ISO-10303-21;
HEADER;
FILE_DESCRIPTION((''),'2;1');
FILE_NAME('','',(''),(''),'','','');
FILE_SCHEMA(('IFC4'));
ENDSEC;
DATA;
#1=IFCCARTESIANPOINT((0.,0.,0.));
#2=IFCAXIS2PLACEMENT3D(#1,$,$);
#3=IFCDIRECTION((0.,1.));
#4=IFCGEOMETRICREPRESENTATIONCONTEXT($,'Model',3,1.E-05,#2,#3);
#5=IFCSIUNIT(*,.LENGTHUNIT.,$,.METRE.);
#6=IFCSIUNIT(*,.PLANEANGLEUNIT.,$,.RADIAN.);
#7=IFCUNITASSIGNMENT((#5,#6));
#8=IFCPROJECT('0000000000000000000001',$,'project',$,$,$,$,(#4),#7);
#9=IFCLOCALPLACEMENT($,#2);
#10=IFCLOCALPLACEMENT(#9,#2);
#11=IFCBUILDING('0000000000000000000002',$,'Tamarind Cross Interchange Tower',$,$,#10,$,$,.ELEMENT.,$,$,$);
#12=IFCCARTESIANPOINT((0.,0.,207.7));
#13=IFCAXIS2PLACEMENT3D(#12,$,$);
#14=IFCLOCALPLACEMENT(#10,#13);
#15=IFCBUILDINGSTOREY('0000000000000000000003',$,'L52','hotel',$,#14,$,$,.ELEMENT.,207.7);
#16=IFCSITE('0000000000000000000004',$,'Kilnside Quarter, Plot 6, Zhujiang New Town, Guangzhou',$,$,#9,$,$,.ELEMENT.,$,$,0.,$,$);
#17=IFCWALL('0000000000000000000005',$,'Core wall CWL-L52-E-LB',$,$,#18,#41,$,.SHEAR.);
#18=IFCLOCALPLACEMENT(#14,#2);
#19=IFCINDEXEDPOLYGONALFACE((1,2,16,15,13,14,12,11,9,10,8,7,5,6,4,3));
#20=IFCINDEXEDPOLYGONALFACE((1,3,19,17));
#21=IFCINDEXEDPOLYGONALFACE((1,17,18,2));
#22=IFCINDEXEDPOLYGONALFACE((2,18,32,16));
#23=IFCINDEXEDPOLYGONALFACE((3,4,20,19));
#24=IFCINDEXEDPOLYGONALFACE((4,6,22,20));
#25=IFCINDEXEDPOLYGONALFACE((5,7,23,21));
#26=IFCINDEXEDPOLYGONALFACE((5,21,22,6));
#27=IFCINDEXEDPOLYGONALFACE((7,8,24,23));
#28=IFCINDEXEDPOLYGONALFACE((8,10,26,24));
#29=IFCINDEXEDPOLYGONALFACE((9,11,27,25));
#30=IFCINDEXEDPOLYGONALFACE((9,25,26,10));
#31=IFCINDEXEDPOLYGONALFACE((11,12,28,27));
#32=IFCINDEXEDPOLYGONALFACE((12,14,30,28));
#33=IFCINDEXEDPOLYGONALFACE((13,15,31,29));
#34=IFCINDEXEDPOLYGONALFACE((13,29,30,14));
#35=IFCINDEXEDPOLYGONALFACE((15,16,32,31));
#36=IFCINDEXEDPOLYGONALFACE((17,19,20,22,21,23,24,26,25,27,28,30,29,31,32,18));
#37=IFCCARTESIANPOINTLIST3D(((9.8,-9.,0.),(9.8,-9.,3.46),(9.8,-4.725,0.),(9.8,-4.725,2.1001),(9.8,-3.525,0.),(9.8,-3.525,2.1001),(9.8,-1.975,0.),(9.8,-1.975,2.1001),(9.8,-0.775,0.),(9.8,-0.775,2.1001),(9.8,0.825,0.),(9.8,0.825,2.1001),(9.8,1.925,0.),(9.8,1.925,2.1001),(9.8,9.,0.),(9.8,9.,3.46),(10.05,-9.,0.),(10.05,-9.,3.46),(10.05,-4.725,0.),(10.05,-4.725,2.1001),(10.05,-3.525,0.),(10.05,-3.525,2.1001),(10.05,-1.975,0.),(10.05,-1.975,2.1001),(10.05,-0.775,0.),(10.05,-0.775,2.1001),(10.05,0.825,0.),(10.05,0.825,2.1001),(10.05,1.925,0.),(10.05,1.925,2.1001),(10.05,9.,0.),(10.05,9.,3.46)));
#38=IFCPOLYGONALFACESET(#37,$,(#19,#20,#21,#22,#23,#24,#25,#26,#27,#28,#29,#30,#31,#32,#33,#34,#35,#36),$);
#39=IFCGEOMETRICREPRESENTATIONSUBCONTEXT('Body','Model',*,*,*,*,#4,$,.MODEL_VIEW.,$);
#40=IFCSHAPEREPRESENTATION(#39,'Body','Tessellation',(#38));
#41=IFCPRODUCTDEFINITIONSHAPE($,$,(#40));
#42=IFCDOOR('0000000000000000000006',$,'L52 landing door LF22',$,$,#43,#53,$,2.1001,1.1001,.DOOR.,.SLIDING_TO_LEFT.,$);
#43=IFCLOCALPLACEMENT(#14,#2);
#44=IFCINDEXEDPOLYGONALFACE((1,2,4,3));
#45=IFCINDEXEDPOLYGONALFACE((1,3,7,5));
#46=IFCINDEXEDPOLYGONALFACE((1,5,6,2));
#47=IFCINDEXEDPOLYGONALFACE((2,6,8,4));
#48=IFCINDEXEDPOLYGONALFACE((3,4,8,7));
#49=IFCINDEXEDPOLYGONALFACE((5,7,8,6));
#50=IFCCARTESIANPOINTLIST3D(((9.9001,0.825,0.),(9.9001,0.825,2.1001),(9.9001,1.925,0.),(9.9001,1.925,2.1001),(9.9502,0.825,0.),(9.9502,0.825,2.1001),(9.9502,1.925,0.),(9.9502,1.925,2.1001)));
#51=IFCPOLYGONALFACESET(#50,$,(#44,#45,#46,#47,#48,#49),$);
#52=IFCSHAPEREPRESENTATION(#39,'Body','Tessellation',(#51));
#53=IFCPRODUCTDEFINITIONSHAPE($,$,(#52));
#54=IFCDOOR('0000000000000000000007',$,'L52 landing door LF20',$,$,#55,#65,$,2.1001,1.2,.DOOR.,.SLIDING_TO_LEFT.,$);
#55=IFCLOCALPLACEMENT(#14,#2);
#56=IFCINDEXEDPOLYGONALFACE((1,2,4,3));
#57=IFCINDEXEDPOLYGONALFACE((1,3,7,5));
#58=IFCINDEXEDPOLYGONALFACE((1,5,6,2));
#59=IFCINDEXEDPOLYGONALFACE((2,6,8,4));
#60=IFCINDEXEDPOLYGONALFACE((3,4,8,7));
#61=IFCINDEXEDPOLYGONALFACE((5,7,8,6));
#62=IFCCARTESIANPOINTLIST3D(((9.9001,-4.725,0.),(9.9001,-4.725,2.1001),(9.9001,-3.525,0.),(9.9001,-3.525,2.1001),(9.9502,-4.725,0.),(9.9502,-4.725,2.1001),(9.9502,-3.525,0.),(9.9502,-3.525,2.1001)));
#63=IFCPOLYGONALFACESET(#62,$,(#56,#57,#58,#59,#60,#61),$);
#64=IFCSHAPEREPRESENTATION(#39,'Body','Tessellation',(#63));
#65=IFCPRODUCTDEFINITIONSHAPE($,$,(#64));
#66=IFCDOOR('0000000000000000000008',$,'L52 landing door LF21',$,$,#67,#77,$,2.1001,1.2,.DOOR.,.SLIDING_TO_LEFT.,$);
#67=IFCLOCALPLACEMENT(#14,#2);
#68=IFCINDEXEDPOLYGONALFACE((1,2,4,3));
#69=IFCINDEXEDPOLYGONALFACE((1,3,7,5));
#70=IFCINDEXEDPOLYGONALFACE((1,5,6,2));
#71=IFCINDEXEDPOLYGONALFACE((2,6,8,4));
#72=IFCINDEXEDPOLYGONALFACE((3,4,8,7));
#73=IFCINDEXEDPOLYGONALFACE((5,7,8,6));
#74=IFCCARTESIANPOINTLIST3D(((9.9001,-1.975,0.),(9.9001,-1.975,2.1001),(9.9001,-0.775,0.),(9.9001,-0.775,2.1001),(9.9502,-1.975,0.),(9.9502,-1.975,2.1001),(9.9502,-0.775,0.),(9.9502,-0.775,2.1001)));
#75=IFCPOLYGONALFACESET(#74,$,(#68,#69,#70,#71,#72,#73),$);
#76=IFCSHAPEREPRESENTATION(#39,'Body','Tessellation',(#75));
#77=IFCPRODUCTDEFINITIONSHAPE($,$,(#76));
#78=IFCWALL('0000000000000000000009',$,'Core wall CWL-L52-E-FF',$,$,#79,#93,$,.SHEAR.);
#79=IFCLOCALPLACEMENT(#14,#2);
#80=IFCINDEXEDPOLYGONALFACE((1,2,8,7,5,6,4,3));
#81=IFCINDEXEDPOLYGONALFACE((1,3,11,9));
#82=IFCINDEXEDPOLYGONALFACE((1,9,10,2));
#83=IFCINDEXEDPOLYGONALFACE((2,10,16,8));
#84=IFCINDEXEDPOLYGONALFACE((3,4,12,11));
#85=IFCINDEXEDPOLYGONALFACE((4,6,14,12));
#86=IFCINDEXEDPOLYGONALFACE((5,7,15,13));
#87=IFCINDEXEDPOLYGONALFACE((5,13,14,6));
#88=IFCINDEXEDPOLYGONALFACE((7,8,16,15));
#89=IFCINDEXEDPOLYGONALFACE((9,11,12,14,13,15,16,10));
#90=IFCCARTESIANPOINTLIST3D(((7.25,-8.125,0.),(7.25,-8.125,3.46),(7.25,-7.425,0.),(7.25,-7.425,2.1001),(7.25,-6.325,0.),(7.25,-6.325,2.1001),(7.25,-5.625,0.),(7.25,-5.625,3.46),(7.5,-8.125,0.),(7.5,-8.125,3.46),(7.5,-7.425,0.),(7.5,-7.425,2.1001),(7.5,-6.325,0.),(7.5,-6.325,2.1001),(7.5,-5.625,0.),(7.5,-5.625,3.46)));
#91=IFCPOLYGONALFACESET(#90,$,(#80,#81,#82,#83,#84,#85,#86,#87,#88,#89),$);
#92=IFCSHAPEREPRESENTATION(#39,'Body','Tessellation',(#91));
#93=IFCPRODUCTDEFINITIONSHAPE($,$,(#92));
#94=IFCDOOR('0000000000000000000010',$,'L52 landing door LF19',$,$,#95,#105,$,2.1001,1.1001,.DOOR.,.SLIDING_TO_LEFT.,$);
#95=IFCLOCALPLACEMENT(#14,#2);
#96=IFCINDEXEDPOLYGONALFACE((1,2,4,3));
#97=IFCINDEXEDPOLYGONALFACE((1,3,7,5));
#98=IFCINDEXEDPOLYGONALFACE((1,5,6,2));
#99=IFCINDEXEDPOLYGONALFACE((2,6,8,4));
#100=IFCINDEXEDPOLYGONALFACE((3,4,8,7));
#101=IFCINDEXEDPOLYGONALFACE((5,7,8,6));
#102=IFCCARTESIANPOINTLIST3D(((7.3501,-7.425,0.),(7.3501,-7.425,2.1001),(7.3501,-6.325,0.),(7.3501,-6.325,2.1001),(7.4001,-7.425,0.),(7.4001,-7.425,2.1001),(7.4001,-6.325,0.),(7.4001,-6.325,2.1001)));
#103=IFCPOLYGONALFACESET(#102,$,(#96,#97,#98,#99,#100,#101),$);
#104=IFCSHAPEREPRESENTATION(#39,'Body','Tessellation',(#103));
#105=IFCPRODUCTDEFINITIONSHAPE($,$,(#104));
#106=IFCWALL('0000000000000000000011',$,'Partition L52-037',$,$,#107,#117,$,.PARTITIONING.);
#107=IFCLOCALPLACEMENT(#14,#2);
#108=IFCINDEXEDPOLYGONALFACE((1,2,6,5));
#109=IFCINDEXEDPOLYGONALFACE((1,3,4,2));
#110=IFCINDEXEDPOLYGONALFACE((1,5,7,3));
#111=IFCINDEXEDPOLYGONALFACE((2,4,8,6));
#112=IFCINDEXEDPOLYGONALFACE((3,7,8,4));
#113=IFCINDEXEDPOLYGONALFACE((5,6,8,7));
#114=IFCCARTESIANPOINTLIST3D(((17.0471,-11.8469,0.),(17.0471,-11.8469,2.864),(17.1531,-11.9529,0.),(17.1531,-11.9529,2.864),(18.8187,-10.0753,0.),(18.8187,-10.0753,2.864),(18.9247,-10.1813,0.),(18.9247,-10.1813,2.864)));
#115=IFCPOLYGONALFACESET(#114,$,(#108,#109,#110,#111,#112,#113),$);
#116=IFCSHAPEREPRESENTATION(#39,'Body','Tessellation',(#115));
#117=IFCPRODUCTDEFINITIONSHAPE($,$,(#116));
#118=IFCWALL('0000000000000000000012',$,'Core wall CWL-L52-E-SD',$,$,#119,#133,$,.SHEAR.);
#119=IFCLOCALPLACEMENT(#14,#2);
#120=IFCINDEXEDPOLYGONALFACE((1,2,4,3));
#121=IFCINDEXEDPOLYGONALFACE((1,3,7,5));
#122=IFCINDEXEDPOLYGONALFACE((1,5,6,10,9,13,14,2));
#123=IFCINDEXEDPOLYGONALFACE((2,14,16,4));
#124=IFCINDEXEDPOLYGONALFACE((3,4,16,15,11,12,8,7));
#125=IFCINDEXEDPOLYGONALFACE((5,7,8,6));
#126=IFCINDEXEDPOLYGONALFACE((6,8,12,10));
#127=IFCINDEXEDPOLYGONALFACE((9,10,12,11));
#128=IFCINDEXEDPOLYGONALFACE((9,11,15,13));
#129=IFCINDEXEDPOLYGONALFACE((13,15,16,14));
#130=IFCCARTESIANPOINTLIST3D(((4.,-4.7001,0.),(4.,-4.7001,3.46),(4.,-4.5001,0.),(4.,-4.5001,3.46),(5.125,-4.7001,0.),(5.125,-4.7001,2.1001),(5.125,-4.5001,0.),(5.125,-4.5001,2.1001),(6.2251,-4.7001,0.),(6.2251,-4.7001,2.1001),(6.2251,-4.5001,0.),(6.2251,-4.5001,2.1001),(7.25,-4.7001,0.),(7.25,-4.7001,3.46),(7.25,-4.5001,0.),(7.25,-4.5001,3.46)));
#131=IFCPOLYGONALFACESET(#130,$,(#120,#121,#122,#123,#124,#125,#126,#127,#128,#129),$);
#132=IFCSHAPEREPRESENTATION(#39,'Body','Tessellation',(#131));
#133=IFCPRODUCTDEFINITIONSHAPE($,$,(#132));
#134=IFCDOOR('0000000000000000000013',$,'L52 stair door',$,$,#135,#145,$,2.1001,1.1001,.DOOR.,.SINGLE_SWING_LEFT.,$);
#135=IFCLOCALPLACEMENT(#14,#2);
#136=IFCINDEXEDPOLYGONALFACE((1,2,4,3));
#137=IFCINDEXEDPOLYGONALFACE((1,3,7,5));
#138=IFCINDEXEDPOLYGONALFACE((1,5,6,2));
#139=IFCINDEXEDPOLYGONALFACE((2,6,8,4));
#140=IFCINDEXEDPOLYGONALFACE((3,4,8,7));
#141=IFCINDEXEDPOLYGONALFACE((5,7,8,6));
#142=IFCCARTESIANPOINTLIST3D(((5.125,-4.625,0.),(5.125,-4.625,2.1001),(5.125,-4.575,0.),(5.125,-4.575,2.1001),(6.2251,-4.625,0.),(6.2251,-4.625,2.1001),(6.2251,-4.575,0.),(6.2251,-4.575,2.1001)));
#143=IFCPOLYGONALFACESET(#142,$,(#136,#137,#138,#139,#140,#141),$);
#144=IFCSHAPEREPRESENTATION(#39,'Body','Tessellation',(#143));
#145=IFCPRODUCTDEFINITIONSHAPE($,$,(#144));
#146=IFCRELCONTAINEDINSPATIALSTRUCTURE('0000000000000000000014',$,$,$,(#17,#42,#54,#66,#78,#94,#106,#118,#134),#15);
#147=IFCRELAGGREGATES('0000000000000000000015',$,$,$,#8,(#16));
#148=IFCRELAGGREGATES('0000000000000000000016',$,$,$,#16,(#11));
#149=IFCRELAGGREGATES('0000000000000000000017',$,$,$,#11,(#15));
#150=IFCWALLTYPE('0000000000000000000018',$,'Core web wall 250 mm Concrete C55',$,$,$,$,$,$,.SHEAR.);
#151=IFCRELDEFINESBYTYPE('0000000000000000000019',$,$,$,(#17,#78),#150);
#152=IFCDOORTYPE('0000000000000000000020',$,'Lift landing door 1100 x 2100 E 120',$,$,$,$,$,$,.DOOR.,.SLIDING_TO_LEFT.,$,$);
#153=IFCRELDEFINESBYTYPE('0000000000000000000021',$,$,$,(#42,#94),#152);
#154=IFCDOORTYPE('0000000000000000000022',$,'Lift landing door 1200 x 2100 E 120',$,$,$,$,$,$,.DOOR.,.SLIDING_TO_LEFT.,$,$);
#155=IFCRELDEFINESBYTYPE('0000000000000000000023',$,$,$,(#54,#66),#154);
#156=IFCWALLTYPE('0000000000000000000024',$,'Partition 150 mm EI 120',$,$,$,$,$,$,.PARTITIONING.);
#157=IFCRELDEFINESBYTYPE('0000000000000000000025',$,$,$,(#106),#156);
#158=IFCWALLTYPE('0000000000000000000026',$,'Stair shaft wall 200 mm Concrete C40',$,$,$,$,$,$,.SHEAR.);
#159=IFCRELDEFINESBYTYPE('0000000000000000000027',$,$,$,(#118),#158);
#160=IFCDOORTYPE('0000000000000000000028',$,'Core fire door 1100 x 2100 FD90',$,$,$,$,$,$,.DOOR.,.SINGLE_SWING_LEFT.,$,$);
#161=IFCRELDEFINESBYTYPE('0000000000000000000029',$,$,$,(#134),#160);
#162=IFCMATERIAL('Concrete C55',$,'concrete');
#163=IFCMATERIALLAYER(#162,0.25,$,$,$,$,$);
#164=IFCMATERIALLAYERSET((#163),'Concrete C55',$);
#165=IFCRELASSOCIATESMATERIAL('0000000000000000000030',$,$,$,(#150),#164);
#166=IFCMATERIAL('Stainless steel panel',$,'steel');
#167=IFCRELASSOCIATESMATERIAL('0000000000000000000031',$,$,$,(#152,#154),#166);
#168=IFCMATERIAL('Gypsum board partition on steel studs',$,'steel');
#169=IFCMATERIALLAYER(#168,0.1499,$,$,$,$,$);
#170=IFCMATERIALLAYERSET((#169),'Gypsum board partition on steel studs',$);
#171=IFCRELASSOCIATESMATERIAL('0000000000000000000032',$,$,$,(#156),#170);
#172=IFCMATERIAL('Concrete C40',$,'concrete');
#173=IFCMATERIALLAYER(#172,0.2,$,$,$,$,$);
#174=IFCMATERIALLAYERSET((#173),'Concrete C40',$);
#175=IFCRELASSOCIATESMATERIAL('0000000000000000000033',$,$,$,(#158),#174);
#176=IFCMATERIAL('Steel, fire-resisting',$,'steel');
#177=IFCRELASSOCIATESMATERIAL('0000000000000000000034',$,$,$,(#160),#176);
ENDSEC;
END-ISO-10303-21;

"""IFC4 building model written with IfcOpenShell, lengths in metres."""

from ifc_helpers import new_model, si_unit, direction, frame, frame_2d, origin, place, context, subcontext, project, spatial, rectangle, extrude, material, layer, layer_set, type_object, element, fill, save


model = new_model("IFC4")

# Units and contexts
model_context = context("Model", 3, precision=1e-05, world=origin(), true_north=direction((0.0, 1.0)))
body_context = subcontext(model_context, "Body", "Model", "MODEL_VIEW")
ifc_project = project(units=[si_unit("LENGTHUNIT", "METRE"), si_unit("PLANEANGLEUNIT", "RADIAN")], contexts=[model_context])

# Site, building, storey
site_placement = place(None, origin())
site = spatial("IfcSite", under=ifc_project, at=site_placement, Name="Kilnside Quarter, Plot 6, Zhujiang New Town, Guangzhou", CompositionType="ELEMENT", RefElevation=0.0)
building_placement = place(site_placement, origin())
building = spatial("IfcBuilding", under=site, at=building_placement, Name="Tamarind Cross Interchange Tower", CompositionType="ELEMENT")
storey_placement = place(building_placement, frame((0.0, 0.0, 207.7)))
storey = spatial("IfcBuildingStorey", under=building, at=storey_placement, Name="L52", Description="hotel", CompositionType="ELEMENT", Elevation=207.7)

# Shared definitions
ifc_material_1 = material(Name="Concrete C55", Category="concrete")

# Shared definitions
ifc_material_2 = material(Name="Steel, fire-resisting", Category="steel")

# Shared definitions
ifc_layer_1 = layer(ifc_material_1, 0.25)
ifc_layer_set_1 = layer_set([ifc_layer_1], Name="Concrete C55")
wall_type_1 = type_object("IfcWallType", Name="Core web wall 250 mm Concrete C55", PredefinedType="SHEAR", material=ifc_layer_set_1)

# Wall, openings, doors
ifc_material_3 = material(Name="Stainless steel panel", Category="steel")
wall_1_placement = place(storey_placement, frame((9.925, -9.0, 0.0), z_axis=(0.0, 0.0, 1.0), x_axis=(0.0, 1.0, 0.0)))
wall_1 = element("IfcWall", 1, at=wall_1_placement, inside=storey, type_object=wall_type_1, Name="Core wall CWL-L52-E-LB", PredefinedType="SHEAR", context=body_context, shape_type="SweptSolid", body=[
    extrude(rectangle(XDim=18.0, YDim=0.25, at=frame_2d((9.0, 0.0))), origin(), (0.0, 0.0, 1.0), 3.46),
])
opening_1_placement = place(wall_1_placement, frame((4.2749, 0.0, 0.0)))
opening_1 = element("IfcOpeningElement", 2, at=opening_1_placement, cuts=wall_1, PredefinedType="OPENING", context=body_context, shape_type="SweptSolid", body=[
    extrude(rectangle(XDim=1.2, YDim=2.1001, at=frame_2d((0.6001, 1.05))), frame((0.0, 0.135, 0.0), z_axis=(0.0, -1.0, 0.0), x_axis=(1.0, 0.0, 0.0)), (0.0, 0.0, 1.0), 0.27),
])
opening_2_placement = place(wall_1_placement, frame((7.0249, 0.0, 0.0)))
opening_2 = element("IfcOpeningElement", 3, at=opening_2_placement, cuts=wall_1, PredefinedType="OPENING", context=body_context, shape_type="SweptSolid", body=[
    extrude(rectangle(XDim=1.2, YDim=2.1001, at=frame_2d((0.6001, 1.05))), frame((0.0, 0.135, 0.0), z_axis=(0.0, -1.0, 0.0), x_axis=(1.0, 0.0, 0.0)), (0.0, 0.0, 1.0), 0.27),
])
opening_3_placement = place(wall_1_placement, frame((9.825, 0.0, 0.0)))
opening_3 = element("IfcOpeningElement", 4, at=opening_3_placement, cuts=wall_1, PredefinedType="OPENING", context=body_context, shape_type="SweptSolid", body=[
    extrude(rectangle(XDim=1.1001, YDim=2.1001, at=frame_2d((0.55, 1.05))), frame((0.0, 0.135, 0.0), z_axis=(0.0, -1.0, 0.0), x_axis=(1.0, 0.0, 0.0)), (0.0, 0.0, 1.0), 0.27),
])
door_type_1 = type_object("IfcDoorType", Name="Lift landing door 1100 x 2100 E 120", OperationType="SLIDING_TO_LEFT", PredefinedType="DOOR", material=ifc_material_3)
door_1_placement = place(opening_3_placement, origin())
door_1 = element("IfcDoor", 5, at=door_1_placement, inside=storey, type_object=door_type_1, Name="L52 landing door LF22", OperationType="SLIDING_TO_LEFT", OverallHeight=2.1001, OverallWidth=1.1001, PredefinedType="DOOR", context=body_context, shape_type="SweptSolid", body=[
    extrude(rectangle(XDim=1.1001, YDim=2.1001, at=frame_2d((0.55, 1.05))), frame((0.0, 0.0249, 0.0), z_axis=(0.0, -1.0, 0.0), x_axis=(1.0, 0.0, 0.0)), (0.0, 0.0, 1.0), 0.05),
])
fill(opening_3, door_1)
door_type_2 = type_object("IfcDoorType", Name="Lift landing door 1200 x 2100 E 120", OperationType="SLIDING_TO_LEFT", PredefinedType="DOOR", material=ifc_material_3)
door_2_placement = place(opening_1_placement, origin())
door_2 = element("IfcDoor", 6, at=door_2_placement, inside=storey, type_object=door_type_2, Name="L52 landing door LF20", OperationType="SLIDING_TO_LEFT", OverallHeight=2.1001, OverallWidth=1.2, PredefinedType="DOOR", context=body_context, shape_type="SweptSolid", body=[
    extrude(rectangle(XDim=1.2, YDim=2.1001, at=frame_2d((0.6001, 1.05))), frame((0.0, 0.0249, 0.0), z_axis=(0.0, -1.0, 0.0), x_axis=(1.0, 0.0, 0.0)), (0.0, 0.0, 1.0), 0.05),
])
fill(opening_1, door_2)
door_3_placement = place(opening_2_placement, origin())
door_3 = element("IfcDoor", 7, at=door_3_placement, inside=storey, type_object=door_type_2, Name="L52 landing door LF21", OperationType="SLIDING_TO_LEFT", OverallHeight=2.1001, OverallWidth=1.2, PredefinedType="DOOR", context=body_context, shape_type="SweptSolid", body=[
    extrude(rectangle(XDim=1.2, YDim=2.1001, at=frame_2d((0.6001, 1.05))), frame((0.0, 0.0249, 0.0), z_axis=(0.0, -1.0, 0.0), x_axis=(1.0, 0.0, 0.0)), (0.0, 0.0, 1.0), 0.05),
])
fill(opening_2, door_3)

# Wall, opening, door
wall_2_placement = place(storey_placement, frame((7.375, -8.125, 0.0), z_axis=(0.0, 0.0, 1.0), x_axis=(0.0, 1.0, 0.0)))
wall_2 = element("IfcWall", 8, at=wall_2_placement, inside=storey, type_object=wall_type_1, Name="Core wall CWL-L52-E-FF", PredefinedType="SHEAR", context=body_context, shape_type="SweptSolid", body=[
    extrude(rectangle(XDim=2.5, YDim=0.25, at=frame_2d((1.25, 0.0))), origin(), (0.0, 0.0, 1.0), 3.46),
])
opening_4_placement = place(wall_2_placement, frame((0.7, 0.0, 0.0)))
opening_4 = element("IfcOpeningElement", 9, at=opening_4_placement, cuts=wall_2, PredefinedType="OPENING", context=body_context, shape_type="SweptSolid", body=[
    extrude(rectangle(XDim=1.1001, YDim=2.1001, at=frame_2d((0.55, 1.05))), frame((0.0, 0.135, 0.0), z_axis=(0.0, -1.0, 0.0), x_axis=(1.0, 0.0, 0.0)), (0.0, 0.0, 1.0), 0.27),
])
door_4_placement = place(opening_4_placement, origin())
door_4 = element("IfcDoor", 10, at=door_4_placement, inside=storey, type_object=door_type_1, Name="L52 landing door LF19", OperationType="SLIDING_TO_LEFT", OverallHeight=2.1001, OverallWidth=1.1001, PredefinedType="DOOR", context=body_context, shape_type="SweptSolid", body=[
    extrude(rectangle(XDim=1.1001, YDim=2.1001, at=frame_2d((0.55, 1.05))), frame((0.0, 0.0249, 0.0), z_axis=(0.0, -1.0, 0.0), x_axis=(1.0, 0.0, 0.0)), (0.0, 0.0, 1.0), 0.05),
])
fill(opening_4, door_4)

# Wall
ifc_material_4 = material(Name="Gypsum board partition on steel studs", Category="steel")
ifc_layer_2 = layer(ifc_material_4, 0.1499)
ifc_layer_set_2 = layer_set([ifc_layer_2], Name="Gypsum board partition on steel studs")
wall_type_2 = type_object("IfcWallType", Name="Partition 150 mm EI 120", PredefinedType="PARTITIONING", material=ifc_layer_set_2)
wall_3_placement = place(storey_placement, frame((17.1001, -11.8999, 0.0), z_axis=(0.0, 0.0, 1.0), x_axis=(0.707107, 0.707107, 0.0)))
element("IfcWall", 11, at=wall_3_placement, inside=storey, type_object=wall_type_2, Name="Partition L52-037", PredefinedType="PARTITIONING", context=body_context, shape_type="SweptSolid", body=[
    extrude(rectangle(XDim=2.5054, YDim=0.1499, at=frame_2d((1.2527, 0.0))), origin(), (0.0, 0.0, 1.0), 2.864),
])

# Wall, opening, door
ifc_material_5 = material(Name="Concrete C40", Category="concrete")
ifc_layer_3 = layer(ifc_material_5, 0.2)
ifc_layer_set_3 = layer_set([ifc_layer_3], Name="Concrete C40")
wall_type_3 = type_object("IfcWallType", Name="Stair shaft wall 200 mm Concrete C40", PredefinedType="SHEAR", material=ifc_layer_set_3)
wall_4_placement = place(storey_placement, frame((7.25, -4.6001, 0.0), z_axis=(0.0, 0.0, 1.0), x_axis=(-1.0, 0.0, 0.0)))
wall_4 = element("IfcWall", 12, at=wall_4_placement, inside=storey, type_object=wall_type_3, Name="Core wall CWL-L52-E-SD", PredefinedType="SHEAR", context=body_context, shape_type="SweptSolid", body=[
    extrude(rectangle(XDim=3.25, YDim=0.2, at=frame_2d((1.625, 0.0))), origin(), (0.0, 0.0, 1.0), 3.46),
])
opening_5_placement = place(wall_4_placement, frame((1.0249, 0.0, 0.0)))
opening_5 = element("IfcOpeningElement", 13, at=opening_5_placement, cuts=wall_4, PredefinedType="OPENING", context=body_context, shape_type="SweptSolid", body=[
    extrude(rectangle(XDim=1.1001, YDim=2.1001, at=frame_2d((0.55, 1.05))), frame((0.0, 0.1099, 0.0), z_axis=(0.0, -1.0, 0.0), x_axis=(1.0, 0.0, 0.0)), (0.0, 0.0, 1.0), 0.22),
])
door_type_3 = type_object("IfcDoorType", Name="Core fire door 1100 x 2100 FD90", OperationType="SINGLE_SWING_LEFT", PredefinedType="DOOR", material=ifc_material_2)
door_5_placement = place(opening_5_placement, origin())
door_5 = element("IfcDoor", 14, at=door_5_placement, inside=storey, type_object=door_type_3, Name="L52 stair door", OperationType="SINGLE_SWING_LEFT", OverallHeight=2.1001, OverallWidth=1.1001, PredefinedType="DOOR", context=body_context, shape_type="SweptSolid", body=[
    extrude(rectangle(XDim=1.1001, YDim=2.1001, at=frame_2d((0.55, 1.05))), frame((0.0, 0.0249, 0.0), z_axis=(0.0, -1.0, 0.0), x_axis=(1.0, 0.0, 0.0)), (0.0, 0.0, 1.0), 0.05),
])
fill(opening_5, door_5)

save(model, "model.ifc")
